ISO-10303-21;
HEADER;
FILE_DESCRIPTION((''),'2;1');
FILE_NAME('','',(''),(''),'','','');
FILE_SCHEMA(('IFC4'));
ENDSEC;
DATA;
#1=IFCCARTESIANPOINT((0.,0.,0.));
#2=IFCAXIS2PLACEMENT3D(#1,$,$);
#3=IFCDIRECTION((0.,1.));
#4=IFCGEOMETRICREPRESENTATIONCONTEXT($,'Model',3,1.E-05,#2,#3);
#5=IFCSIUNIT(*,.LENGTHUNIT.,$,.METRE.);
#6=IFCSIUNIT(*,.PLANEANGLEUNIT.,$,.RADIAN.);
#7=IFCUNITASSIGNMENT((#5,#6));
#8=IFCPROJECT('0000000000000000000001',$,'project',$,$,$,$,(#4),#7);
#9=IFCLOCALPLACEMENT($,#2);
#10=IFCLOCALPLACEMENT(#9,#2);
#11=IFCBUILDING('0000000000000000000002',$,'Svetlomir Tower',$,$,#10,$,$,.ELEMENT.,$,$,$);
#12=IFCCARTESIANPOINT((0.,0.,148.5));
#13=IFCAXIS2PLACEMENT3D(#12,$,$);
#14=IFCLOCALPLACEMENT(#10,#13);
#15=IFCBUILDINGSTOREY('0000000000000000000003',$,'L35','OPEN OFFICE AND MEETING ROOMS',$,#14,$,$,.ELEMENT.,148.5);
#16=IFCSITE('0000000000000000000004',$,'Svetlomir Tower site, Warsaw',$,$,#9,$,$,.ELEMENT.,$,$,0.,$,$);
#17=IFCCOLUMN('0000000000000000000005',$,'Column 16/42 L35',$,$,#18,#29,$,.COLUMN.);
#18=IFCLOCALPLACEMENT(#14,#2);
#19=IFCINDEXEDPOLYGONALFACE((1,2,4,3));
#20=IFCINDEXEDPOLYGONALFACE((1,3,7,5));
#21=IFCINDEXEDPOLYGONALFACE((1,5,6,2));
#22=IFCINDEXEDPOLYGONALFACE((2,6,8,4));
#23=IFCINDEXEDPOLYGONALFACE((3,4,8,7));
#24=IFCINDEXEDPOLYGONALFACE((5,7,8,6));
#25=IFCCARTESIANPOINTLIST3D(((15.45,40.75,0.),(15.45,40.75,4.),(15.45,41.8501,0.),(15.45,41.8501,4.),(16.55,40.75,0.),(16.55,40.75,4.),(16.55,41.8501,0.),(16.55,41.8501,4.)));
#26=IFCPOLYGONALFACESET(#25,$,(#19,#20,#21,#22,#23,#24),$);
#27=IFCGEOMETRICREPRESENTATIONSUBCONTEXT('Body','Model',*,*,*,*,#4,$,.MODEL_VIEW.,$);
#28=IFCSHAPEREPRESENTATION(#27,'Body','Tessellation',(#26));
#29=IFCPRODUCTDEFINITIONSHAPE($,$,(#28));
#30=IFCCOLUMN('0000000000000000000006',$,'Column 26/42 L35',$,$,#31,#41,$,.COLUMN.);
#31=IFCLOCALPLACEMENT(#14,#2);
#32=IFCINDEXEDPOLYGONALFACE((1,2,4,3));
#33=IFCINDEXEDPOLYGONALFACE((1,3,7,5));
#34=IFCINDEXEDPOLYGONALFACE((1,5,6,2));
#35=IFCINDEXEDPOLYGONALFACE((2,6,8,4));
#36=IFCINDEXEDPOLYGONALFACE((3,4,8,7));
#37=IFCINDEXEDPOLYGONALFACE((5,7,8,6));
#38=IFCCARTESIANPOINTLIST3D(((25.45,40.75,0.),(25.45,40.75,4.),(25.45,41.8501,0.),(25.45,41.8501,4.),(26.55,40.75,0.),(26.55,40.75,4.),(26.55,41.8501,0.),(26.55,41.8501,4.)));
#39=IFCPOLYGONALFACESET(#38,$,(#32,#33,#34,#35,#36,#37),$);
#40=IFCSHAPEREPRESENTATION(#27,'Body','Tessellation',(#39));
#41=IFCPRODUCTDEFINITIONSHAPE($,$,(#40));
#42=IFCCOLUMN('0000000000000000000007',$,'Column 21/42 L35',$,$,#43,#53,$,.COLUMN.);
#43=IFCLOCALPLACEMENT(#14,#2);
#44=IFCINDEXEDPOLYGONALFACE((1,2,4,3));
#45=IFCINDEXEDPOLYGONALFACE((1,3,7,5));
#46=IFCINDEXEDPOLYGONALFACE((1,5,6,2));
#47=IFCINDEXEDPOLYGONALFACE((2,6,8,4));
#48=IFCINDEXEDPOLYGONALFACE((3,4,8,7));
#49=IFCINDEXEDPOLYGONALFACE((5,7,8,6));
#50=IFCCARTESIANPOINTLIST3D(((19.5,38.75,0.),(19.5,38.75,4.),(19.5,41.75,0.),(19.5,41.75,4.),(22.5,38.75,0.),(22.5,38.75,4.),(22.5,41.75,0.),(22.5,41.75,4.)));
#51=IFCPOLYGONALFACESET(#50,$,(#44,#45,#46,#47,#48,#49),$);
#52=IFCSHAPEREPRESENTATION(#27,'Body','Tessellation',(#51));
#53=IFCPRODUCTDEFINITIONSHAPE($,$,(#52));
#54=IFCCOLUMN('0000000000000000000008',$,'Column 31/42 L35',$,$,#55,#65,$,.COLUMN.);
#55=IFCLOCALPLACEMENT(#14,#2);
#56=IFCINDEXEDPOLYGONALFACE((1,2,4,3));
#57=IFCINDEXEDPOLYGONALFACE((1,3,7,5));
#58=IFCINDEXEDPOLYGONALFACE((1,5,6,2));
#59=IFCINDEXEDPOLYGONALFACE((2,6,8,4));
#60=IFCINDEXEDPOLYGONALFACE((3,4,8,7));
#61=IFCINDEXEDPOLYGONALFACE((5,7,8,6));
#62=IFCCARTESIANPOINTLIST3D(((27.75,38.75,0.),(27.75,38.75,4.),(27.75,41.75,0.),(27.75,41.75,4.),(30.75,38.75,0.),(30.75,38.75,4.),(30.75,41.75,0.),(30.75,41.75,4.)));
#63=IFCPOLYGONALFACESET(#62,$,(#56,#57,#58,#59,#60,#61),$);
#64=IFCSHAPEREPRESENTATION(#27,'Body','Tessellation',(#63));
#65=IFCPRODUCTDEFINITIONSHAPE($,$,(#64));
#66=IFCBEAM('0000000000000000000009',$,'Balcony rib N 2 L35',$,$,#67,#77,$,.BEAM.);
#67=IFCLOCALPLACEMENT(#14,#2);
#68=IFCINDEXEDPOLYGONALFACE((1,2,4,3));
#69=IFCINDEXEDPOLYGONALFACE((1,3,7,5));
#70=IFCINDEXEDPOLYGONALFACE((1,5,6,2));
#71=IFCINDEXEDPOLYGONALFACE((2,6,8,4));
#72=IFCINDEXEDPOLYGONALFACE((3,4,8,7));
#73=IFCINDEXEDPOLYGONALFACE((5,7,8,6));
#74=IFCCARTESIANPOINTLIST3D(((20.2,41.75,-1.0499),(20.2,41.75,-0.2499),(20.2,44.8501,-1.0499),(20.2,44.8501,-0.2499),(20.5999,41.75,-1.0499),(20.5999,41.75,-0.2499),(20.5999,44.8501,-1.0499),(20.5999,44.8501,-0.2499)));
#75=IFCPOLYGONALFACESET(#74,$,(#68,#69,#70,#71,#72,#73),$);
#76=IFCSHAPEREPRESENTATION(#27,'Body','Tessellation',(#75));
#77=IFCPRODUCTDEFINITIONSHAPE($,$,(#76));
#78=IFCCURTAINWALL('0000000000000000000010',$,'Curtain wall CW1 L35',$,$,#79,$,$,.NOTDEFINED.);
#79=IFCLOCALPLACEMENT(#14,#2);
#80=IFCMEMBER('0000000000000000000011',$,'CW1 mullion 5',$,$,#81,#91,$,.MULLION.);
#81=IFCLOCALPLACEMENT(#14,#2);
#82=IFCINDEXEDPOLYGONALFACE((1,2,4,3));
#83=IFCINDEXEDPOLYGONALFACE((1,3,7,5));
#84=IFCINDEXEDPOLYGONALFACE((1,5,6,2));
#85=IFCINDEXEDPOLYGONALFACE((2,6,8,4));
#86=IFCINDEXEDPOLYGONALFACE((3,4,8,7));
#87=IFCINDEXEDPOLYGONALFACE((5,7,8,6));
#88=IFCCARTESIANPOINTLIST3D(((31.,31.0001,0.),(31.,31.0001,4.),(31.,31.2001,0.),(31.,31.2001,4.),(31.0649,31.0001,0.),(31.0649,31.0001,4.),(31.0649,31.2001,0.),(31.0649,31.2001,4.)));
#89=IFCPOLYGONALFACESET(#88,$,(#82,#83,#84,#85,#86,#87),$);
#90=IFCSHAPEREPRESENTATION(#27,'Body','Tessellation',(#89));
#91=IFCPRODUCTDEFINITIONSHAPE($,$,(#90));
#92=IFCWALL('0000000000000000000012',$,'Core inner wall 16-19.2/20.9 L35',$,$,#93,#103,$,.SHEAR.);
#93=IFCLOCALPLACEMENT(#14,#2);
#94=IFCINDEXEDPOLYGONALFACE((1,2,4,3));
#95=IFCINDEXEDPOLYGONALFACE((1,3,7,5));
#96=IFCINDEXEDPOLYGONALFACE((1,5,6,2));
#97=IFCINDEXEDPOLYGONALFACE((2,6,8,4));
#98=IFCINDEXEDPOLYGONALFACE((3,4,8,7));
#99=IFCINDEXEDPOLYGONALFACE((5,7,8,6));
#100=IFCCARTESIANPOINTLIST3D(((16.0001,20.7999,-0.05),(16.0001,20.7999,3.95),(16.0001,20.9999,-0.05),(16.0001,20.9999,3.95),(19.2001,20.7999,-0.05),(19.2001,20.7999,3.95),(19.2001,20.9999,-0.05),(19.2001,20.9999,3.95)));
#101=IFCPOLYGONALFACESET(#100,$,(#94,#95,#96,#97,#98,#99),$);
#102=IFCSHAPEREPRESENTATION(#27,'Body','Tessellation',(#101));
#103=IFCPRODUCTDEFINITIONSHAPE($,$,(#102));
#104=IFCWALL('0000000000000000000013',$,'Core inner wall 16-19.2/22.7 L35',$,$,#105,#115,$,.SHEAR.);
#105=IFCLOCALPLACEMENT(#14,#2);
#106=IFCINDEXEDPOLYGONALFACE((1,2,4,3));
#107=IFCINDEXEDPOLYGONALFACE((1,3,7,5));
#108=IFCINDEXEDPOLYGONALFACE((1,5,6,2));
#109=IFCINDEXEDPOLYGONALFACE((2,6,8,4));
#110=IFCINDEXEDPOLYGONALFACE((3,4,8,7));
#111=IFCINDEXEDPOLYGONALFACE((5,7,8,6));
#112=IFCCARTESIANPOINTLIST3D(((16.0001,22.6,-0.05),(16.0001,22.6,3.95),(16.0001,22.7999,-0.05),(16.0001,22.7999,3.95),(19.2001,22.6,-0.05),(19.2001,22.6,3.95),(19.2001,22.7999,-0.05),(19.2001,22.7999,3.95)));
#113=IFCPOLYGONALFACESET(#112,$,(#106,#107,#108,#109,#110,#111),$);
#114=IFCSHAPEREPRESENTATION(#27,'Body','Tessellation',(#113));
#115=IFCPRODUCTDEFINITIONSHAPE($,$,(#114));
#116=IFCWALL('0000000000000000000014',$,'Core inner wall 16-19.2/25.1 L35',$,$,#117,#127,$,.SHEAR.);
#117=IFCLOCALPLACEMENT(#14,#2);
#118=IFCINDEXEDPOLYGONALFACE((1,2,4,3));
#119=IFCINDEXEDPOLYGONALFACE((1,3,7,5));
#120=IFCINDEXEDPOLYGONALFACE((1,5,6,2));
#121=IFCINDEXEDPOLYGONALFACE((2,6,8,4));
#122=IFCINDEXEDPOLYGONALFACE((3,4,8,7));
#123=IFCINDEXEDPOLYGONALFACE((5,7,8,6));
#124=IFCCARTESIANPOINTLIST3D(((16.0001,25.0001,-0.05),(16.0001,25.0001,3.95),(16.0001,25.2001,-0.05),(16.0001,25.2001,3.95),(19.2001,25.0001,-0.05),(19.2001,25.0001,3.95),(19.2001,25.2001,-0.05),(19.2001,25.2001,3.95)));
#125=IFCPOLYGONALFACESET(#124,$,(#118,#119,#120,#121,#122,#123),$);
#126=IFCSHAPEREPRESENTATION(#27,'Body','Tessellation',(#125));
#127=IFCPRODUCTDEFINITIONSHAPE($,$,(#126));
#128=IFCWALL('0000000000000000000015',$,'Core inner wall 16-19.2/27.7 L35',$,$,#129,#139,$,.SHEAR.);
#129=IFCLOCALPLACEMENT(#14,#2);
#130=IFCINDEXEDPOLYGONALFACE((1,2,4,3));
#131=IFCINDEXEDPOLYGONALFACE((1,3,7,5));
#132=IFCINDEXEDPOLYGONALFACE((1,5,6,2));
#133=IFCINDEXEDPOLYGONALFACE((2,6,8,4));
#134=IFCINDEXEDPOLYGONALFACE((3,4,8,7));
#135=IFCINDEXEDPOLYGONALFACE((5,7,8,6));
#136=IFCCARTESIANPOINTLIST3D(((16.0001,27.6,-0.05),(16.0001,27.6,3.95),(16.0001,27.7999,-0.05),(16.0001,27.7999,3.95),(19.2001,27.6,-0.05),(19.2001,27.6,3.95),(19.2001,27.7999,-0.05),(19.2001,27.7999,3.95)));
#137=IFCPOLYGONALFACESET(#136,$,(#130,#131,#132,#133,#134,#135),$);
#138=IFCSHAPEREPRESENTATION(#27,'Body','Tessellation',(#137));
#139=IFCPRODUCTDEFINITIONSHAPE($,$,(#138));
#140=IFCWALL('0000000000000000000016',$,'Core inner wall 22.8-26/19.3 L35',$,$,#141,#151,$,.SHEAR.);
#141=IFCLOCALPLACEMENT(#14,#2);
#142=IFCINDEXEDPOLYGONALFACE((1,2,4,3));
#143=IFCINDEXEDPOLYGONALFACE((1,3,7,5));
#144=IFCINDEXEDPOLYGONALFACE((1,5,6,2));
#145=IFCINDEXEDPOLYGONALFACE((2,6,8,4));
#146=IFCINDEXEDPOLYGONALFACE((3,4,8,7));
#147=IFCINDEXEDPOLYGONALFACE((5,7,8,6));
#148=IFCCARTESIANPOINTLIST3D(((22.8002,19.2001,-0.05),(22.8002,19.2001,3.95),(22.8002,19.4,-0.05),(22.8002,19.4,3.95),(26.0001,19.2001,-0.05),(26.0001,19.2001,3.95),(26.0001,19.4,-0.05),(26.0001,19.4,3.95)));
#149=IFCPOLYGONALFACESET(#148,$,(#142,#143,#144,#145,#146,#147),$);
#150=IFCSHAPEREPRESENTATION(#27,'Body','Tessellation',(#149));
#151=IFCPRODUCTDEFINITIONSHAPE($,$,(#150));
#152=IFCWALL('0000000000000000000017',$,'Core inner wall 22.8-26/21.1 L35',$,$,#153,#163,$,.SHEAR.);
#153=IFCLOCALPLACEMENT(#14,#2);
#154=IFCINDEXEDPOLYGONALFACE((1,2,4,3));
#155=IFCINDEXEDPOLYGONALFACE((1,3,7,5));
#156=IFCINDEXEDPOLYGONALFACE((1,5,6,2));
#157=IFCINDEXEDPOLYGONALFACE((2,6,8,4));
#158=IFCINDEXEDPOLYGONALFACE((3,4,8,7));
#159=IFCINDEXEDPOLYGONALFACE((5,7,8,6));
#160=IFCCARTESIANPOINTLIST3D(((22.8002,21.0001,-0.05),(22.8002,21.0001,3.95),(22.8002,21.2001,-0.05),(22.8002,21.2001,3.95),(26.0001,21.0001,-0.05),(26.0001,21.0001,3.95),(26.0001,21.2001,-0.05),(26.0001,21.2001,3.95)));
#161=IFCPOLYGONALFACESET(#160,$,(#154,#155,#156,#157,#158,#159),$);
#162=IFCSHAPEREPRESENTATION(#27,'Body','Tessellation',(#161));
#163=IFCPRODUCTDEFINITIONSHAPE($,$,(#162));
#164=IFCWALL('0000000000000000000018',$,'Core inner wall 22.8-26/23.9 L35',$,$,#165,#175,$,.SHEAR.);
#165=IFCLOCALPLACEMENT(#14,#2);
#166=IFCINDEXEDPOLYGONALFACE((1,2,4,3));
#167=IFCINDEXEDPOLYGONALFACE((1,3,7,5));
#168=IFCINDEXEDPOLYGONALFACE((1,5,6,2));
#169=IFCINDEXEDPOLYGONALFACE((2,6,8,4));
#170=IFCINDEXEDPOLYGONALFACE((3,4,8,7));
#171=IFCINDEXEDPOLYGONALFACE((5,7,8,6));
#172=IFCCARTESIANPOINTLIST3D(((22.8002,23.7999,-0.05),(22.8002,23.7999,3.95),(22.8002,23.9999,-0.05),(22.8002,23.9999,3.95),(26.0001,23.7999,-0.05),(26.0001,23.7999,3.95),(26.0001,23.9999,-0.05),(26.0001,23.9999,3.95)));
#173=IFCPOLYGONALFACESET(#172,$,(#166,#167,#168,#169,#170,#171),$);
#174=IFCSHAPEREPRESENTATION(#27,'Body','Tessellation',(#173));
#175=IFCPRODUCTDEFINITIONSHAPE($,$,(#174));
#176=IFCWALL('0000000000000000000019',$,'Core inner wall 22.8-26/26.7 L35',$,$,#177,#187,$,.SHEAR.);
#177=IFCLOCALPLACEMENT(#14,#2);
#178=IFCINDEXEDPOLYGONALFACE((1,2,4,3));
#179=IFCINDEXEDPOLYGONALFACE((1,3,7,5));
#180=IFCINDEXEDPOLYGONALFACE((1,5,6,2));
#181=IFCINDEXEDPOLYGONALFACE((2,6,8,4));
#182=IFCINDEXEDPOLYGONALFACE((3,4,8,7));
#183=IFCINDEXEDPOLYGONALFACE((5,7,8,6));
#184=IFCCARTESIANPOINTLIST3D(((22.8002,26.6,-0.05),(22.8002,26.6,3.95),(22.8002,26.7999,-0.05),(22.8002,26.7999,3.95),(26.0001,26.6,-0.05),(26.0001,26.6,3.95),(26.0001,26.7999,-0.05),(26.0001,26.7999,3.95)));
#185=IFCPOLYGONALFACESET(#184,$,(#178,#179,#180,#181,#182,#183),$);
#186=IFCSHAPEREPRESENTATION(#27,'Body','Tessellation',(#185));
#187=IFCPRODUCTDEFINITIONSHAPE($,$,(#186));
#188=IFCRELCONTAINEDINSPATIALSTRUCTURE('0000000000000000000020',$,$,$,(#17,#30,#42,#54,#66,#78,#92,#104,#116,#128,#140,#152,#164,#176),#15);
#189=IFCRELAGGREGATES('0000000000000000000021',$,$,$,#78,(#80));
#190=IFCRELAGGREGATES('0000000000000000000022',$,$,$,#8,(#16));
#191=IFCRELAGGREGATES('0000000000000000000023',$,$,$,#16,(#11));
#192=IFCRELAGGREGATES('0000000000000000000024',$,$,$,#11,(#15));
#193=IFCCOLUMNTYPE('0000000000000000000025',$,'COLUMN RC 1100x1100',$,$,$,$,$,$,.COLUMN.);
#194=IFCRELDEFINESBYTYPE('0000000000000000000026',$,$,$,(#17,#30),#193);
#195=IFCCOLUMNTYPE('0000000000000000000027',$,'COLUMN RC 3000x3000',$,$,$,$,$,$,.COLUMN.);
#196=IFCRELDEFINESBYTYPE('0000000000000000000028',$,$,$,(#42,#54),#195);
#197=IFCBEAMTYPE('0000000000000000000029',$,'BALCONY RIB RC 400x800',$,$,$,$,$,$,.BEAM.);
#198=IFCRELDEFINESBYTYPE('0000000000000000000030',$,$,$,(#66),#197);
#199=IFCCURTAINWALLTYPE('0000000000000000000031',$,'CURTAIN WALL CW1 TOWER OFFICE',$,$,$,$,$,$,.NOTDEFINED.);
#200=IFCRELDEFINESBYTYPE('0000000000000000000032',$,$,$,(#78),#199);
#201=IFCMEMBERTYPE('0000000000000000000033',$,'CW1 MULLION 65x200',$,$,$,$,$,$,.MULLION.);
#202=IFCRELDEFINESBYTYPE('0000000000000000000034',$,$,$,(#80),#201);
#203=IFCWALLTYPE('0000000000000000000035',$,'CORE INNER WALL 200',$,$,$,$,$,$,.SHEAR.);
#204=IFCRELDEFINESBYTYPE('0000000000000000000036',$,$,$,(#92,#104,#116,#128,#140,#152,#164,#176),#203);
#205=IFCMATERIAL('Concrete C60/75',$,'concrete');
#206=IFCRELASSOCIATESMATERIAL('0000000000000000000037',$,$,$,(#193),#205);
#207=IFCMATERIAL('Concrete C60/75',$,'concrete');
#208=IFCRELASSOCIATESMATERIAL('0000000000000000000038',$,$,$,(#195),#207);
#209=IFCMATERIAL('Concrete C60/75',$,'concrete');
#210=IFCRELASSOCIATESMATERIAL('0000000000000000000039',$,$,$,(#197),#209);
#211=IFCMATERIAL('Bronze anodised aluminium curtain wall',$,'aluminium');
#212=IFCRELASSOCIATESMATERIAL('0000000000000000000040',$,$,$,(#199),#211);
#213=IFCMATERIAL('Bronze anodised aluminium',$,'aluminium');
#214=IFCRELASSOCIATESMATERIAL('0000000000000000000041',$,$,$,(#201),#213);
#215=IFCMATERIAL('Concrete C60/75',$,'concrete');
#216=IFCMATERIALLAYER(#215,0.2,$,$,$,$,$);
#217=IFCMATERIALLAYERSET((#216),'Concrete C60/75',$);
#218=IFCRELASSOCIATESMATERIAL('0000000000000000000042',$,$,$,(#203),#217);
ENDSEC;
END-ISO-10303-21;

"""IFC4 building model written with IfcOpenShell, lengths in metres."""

from ifc_helpers import new_model, si_unit, direction, frame, frame_2d, origin, origin_2d, place, context, subcontext, project, spatial, rectangle, extrude, material, layer, layer_set, material_profile, profile_set, type_object, element, aggregate, save


model = new_model("IFC4")

# Units and contexts
model_context = context("Model", 3, precision=1e-05, world=origin(), true_north=direction((0.0, 1.0)))
body_context = subcontext(model_context, "Body", "Model", "MODEL_VIEW")
ifc_project = project(units=[si_unit("LENGTHUNIT", "METRE"), si_unit("PLANEANGLEUNIT", "RADIAN")], contexts=[model_context])

# Site, building, storey
site_placement = place(None, origin())
site = spatial("IfcSite", under=ifc_project, at=site_placement, Name="Svetlomir Tower site, Warsaw", CompositionType="ELEMENT", RefElevation=0.0)
building_placement = place(site_placement, origin())
building = spatial("IfcBuilding", under=site, at=building_placement, Name="Svetlomir Tower", CompositionType="ELEMENT")
storey_placement = place(building_placement, frame((0.0, 0.0, 148.5)))
storey = spatial("IfcBuildingStorey", under=building, at=storey_placement, Name="L35", Description="OPEN OFFICE AND MEETING ROOMS", CompositionType="ELEMENT", Elevation=148.5)

# Columns
ifc_material_1 = material(Name="Concrete C60/75", Category="concrete")
ifc_material_profile_1 = material_profile(ifc_material_1, rectangle(XDim=1.1001, YDim=1.1001, at=origin_2d()), Name="RC 1100x1100")
ifc_profile_set_1 = profile_set([ifc_material_profile_1], Name="Concrete C60/75")
column_type_1 = type_object("IfcColumnType", Name="COLUMN RC 1100x1100", PredefinedType="COLUMN", material=ifc_profile_set_1)
for number, where, z_axis, x_axis, name in (
    (1, (16.0, 41.3, 0.0), (0.0, 0.0, 1.0), (1.0, 0.0, 0.0), "Column 16/42 L35"),
    (2, (26.0, 41.3, 0.0), (0.0, 0.0, 1.0), (1.0, 0.0, 0.0), "Column 26/42 L35"),
):
    element("IfcColumn", number, at=place(storey_placement, frame(where, z_axis=z_axis, x_axis=x_axis)), inside=storey, type_object=column_type_1, Name=name, PredefinedType="COLUMN", context=body_context, shape_type="SweptSolid", body=[
        extrude(rectangle(XDim=1.1001, YDim=1.1001, at=origin_2d()), origin(), (0.0, 0.0, 1.0), 4.0),
    ])
ifc_material_2 = material(Name="Concrete C60/75", Category="concrete")
ifc_material_profile_2 = material_profile(ifc_material_2, rectangle(XDim=3.0, YDim=3.0, at=origin_2d()), Name="RC 3000x3000")
ifc_profile_set_2 = profile_set([ifc_material_profile_2], Name="Concrete C60/75")
column_type_2 = type_object("IfcColumnType", Name="COLUMN RC 3000x3000", PredefinedType="COLUMN", material=ifc_profile_set_2)
for number, where, z_axis, x_axis, name in (
    (3, (21.0, 40.25, 0.0), (0.0, 0.0, 1.0), (1.0, 0.0, 0.0), "Column 21/42 L35"),
    (4, (29.25, 40.25, 0.0), (0.0, 0.0, 1.0), (1.0, 0.0, 0.0), "Column 31/42 L35"),
):
    element("IfcColumn", number, at=place(storey_placement, frame(where, z_axis=z_axis, x_axis=x_axis)), inside=storey, type_object=column_type_2, Name=name, PredefinedType="COLUMN", context=body_context, shape_type="SweptSolid", body=[
        extrude(rectangle(XDim=3.0, YDim=3.0, at=origin_2d()), origin(), (0.0, 0.0, 1.0), 4.0),
    ])

# Beam
ifc_material_3 = material(Name="Concrete C60/75", Category="concrete")
ifc_material_profile_3 = material_profile(ifc_material_3, rectangle(XDim=0.3999, YDim=0.8, at=origin_2d()), Name="RC 400x800")
ifc_profile_set_3 = profile_set([ifc_material_profile_3], Name="Concrete C60/75")
beam_type = type_object("IfcBeamType", Name="BALCONY RIB RC 400x800", PredefinedType="BEAM", material=ifc_profile_set_3)
beam_placement = place(storey_placement, frame((20.3999, 41.75, -0.6499), z_axis=(0.0, 1.0, 0.0), x_axis=(-1.0, 0.0, 0.0)))
element("IfcBeam", 5, at=beam_placement, inside=storey, type_object=beam_type, Name="Balcony rib N 2 L35", PredefinedType="BEAM", context=body_context, shape_type="SweptSolid", body=[
    extrude(rectangle(XDim=0.3999, YDim=0.8, at=origin_2d()), origin(), (0.0, 0.0, 1.0), 3.1001),
])

# Curtain wall, member
ifc_material_4 = material(Name="Bronze anodised aluminium curtain wall", Category="aluminium")
curtain_wall_type = type_object("IfcCurtainWallType", Name="CURTAIN WALL CW1 TOWER OFFICE", PredefinedType="NOTDEFINED", material=ifc_material_4)
curtain_wall_placement = place(storey_placement, origin())
curtain_wall = element("IfcCurtainWall", 6, at=curtain_wall_placement, inside=storey, type_object=curtain_wall_type, Name="Curtain wall CW1 L35", PredefinedType="NOTDEFINED")
ifc_material_5 = material(Name="Bronze anodised aluminium", Category="aluminium")
ifc_material_profile_4 = material_profile(ifc_material_5, rectangle(XDim=0.0649, YDim=0.2, at=origin_2d()), Name="AL 65x200")
ifc_profile_set_4 = profile_set([ifc_material_profile_4], Name="Bronze anodised aluminium 6063-T6")
member_type = type_object("IfcMemberType", Name="CW1 MULLION 65x200", PredefinedType="MULLION", material=ifc_profile_set_4)
member_placement = place(storey_placement, frame((31.0325, 31.1001, 0.0), z_axis=(0.0, 0.0, 1.0), x_axis=(-1.0, 0.0, 0.0)))
member = element("IfcMember", 7, at=member_placement, type_object=member_type, Name="CW1 mullion 5", PredefinedType="MULLION", context=body_context, shape_type="SweptSolid", body=[
    extrude(rectangle(XDim=0.0649, YDim=0.2, at=origin_2d()), origin(), (0.0, 0.0, 1.0), 4.0),
])
aggregate(curtain_wall, [member])

# Walls
ifc_material_6 = material(Name="Concrete C60/75", Category="concrete")
ifc_layer_1 = layer(ifc_material_6, 0.2)
ifc_layer_set_1 = layer_set([ifc_layer_1], Name="Concrete C60/75")
wall_type_1 = type_object("IfcWallType", Name="CORE INNER WALL 200", PredefinedType="SHEAR", material=ifc_layer_set_1)
for number, where, z_axis, x_axis, name in (
    (8, (16.0, 20.8999, -0.05), (0.0, 0.0, 1.0), (1.0, 0.0, 0.0), "Core inner wall 16-19.2/20.9 L35"),
    (9, (16.0, 22.7, -0.05), (0.0, 0.0, 1.0), (1.0, 0.0, 0.0), "Core inner wall 16-19.2/22.7 L35"),
    (10, (16.0, 25.1001, -0.05), (0.0, 0.0, 1.0), (1.0, 0.0, 0.0), "Core inner wall 16-19.2/25.1 L35"),
    (11, (16.0, 27.7, -0.05), (0.0, 0.0, 1.0), (1.0, 0.0, 0.0), "Core inner wall 16-19.2/27.7 L35"),
    (12, (22.8, 19.3, -0.05), (0.0, 0.0, 1.0), (1.0, 0.0, 0.0), "Core inner wall 22.8-26/19.3 L35"),
    (13, (22.8, 21.1001, -0.05), (0.0, 0.0, 1.0), (1.0, 0.0, 0.0), "Core inner wall 22.8-26/21.1 L35"),
    (14, (22.8, 23.8999, -0.05), (0.0, 0.0, 1.0), (1.0, 0.0, 0.0), "Core inner wall 22.8-26/23.9 L35"),
    (15, (22.8, 26.7, -0.05), (0.0, 0.0, 1.0), (1.0, 0.0, 0.0), "Core inner wall 22.8-26/26.7 L35"),
):
    element("IfcWall", number, at=place(storey_placement, frame(where, z_axis=z_axis, x_axis=x_axis)), inside=storey, type_object=wall_type_1, Name=name, PredefinedType="SHEAR", context=body_context, shape_type="SweptSolid", body=[
        extrude(rectangle(XDim=3.2, YDim=0.2, at=frame_2d((1.6001, 0.0))), origin(), (0.0, 0.0, 1.0), 4.0),
    ])

save(model, "model.ifc")
